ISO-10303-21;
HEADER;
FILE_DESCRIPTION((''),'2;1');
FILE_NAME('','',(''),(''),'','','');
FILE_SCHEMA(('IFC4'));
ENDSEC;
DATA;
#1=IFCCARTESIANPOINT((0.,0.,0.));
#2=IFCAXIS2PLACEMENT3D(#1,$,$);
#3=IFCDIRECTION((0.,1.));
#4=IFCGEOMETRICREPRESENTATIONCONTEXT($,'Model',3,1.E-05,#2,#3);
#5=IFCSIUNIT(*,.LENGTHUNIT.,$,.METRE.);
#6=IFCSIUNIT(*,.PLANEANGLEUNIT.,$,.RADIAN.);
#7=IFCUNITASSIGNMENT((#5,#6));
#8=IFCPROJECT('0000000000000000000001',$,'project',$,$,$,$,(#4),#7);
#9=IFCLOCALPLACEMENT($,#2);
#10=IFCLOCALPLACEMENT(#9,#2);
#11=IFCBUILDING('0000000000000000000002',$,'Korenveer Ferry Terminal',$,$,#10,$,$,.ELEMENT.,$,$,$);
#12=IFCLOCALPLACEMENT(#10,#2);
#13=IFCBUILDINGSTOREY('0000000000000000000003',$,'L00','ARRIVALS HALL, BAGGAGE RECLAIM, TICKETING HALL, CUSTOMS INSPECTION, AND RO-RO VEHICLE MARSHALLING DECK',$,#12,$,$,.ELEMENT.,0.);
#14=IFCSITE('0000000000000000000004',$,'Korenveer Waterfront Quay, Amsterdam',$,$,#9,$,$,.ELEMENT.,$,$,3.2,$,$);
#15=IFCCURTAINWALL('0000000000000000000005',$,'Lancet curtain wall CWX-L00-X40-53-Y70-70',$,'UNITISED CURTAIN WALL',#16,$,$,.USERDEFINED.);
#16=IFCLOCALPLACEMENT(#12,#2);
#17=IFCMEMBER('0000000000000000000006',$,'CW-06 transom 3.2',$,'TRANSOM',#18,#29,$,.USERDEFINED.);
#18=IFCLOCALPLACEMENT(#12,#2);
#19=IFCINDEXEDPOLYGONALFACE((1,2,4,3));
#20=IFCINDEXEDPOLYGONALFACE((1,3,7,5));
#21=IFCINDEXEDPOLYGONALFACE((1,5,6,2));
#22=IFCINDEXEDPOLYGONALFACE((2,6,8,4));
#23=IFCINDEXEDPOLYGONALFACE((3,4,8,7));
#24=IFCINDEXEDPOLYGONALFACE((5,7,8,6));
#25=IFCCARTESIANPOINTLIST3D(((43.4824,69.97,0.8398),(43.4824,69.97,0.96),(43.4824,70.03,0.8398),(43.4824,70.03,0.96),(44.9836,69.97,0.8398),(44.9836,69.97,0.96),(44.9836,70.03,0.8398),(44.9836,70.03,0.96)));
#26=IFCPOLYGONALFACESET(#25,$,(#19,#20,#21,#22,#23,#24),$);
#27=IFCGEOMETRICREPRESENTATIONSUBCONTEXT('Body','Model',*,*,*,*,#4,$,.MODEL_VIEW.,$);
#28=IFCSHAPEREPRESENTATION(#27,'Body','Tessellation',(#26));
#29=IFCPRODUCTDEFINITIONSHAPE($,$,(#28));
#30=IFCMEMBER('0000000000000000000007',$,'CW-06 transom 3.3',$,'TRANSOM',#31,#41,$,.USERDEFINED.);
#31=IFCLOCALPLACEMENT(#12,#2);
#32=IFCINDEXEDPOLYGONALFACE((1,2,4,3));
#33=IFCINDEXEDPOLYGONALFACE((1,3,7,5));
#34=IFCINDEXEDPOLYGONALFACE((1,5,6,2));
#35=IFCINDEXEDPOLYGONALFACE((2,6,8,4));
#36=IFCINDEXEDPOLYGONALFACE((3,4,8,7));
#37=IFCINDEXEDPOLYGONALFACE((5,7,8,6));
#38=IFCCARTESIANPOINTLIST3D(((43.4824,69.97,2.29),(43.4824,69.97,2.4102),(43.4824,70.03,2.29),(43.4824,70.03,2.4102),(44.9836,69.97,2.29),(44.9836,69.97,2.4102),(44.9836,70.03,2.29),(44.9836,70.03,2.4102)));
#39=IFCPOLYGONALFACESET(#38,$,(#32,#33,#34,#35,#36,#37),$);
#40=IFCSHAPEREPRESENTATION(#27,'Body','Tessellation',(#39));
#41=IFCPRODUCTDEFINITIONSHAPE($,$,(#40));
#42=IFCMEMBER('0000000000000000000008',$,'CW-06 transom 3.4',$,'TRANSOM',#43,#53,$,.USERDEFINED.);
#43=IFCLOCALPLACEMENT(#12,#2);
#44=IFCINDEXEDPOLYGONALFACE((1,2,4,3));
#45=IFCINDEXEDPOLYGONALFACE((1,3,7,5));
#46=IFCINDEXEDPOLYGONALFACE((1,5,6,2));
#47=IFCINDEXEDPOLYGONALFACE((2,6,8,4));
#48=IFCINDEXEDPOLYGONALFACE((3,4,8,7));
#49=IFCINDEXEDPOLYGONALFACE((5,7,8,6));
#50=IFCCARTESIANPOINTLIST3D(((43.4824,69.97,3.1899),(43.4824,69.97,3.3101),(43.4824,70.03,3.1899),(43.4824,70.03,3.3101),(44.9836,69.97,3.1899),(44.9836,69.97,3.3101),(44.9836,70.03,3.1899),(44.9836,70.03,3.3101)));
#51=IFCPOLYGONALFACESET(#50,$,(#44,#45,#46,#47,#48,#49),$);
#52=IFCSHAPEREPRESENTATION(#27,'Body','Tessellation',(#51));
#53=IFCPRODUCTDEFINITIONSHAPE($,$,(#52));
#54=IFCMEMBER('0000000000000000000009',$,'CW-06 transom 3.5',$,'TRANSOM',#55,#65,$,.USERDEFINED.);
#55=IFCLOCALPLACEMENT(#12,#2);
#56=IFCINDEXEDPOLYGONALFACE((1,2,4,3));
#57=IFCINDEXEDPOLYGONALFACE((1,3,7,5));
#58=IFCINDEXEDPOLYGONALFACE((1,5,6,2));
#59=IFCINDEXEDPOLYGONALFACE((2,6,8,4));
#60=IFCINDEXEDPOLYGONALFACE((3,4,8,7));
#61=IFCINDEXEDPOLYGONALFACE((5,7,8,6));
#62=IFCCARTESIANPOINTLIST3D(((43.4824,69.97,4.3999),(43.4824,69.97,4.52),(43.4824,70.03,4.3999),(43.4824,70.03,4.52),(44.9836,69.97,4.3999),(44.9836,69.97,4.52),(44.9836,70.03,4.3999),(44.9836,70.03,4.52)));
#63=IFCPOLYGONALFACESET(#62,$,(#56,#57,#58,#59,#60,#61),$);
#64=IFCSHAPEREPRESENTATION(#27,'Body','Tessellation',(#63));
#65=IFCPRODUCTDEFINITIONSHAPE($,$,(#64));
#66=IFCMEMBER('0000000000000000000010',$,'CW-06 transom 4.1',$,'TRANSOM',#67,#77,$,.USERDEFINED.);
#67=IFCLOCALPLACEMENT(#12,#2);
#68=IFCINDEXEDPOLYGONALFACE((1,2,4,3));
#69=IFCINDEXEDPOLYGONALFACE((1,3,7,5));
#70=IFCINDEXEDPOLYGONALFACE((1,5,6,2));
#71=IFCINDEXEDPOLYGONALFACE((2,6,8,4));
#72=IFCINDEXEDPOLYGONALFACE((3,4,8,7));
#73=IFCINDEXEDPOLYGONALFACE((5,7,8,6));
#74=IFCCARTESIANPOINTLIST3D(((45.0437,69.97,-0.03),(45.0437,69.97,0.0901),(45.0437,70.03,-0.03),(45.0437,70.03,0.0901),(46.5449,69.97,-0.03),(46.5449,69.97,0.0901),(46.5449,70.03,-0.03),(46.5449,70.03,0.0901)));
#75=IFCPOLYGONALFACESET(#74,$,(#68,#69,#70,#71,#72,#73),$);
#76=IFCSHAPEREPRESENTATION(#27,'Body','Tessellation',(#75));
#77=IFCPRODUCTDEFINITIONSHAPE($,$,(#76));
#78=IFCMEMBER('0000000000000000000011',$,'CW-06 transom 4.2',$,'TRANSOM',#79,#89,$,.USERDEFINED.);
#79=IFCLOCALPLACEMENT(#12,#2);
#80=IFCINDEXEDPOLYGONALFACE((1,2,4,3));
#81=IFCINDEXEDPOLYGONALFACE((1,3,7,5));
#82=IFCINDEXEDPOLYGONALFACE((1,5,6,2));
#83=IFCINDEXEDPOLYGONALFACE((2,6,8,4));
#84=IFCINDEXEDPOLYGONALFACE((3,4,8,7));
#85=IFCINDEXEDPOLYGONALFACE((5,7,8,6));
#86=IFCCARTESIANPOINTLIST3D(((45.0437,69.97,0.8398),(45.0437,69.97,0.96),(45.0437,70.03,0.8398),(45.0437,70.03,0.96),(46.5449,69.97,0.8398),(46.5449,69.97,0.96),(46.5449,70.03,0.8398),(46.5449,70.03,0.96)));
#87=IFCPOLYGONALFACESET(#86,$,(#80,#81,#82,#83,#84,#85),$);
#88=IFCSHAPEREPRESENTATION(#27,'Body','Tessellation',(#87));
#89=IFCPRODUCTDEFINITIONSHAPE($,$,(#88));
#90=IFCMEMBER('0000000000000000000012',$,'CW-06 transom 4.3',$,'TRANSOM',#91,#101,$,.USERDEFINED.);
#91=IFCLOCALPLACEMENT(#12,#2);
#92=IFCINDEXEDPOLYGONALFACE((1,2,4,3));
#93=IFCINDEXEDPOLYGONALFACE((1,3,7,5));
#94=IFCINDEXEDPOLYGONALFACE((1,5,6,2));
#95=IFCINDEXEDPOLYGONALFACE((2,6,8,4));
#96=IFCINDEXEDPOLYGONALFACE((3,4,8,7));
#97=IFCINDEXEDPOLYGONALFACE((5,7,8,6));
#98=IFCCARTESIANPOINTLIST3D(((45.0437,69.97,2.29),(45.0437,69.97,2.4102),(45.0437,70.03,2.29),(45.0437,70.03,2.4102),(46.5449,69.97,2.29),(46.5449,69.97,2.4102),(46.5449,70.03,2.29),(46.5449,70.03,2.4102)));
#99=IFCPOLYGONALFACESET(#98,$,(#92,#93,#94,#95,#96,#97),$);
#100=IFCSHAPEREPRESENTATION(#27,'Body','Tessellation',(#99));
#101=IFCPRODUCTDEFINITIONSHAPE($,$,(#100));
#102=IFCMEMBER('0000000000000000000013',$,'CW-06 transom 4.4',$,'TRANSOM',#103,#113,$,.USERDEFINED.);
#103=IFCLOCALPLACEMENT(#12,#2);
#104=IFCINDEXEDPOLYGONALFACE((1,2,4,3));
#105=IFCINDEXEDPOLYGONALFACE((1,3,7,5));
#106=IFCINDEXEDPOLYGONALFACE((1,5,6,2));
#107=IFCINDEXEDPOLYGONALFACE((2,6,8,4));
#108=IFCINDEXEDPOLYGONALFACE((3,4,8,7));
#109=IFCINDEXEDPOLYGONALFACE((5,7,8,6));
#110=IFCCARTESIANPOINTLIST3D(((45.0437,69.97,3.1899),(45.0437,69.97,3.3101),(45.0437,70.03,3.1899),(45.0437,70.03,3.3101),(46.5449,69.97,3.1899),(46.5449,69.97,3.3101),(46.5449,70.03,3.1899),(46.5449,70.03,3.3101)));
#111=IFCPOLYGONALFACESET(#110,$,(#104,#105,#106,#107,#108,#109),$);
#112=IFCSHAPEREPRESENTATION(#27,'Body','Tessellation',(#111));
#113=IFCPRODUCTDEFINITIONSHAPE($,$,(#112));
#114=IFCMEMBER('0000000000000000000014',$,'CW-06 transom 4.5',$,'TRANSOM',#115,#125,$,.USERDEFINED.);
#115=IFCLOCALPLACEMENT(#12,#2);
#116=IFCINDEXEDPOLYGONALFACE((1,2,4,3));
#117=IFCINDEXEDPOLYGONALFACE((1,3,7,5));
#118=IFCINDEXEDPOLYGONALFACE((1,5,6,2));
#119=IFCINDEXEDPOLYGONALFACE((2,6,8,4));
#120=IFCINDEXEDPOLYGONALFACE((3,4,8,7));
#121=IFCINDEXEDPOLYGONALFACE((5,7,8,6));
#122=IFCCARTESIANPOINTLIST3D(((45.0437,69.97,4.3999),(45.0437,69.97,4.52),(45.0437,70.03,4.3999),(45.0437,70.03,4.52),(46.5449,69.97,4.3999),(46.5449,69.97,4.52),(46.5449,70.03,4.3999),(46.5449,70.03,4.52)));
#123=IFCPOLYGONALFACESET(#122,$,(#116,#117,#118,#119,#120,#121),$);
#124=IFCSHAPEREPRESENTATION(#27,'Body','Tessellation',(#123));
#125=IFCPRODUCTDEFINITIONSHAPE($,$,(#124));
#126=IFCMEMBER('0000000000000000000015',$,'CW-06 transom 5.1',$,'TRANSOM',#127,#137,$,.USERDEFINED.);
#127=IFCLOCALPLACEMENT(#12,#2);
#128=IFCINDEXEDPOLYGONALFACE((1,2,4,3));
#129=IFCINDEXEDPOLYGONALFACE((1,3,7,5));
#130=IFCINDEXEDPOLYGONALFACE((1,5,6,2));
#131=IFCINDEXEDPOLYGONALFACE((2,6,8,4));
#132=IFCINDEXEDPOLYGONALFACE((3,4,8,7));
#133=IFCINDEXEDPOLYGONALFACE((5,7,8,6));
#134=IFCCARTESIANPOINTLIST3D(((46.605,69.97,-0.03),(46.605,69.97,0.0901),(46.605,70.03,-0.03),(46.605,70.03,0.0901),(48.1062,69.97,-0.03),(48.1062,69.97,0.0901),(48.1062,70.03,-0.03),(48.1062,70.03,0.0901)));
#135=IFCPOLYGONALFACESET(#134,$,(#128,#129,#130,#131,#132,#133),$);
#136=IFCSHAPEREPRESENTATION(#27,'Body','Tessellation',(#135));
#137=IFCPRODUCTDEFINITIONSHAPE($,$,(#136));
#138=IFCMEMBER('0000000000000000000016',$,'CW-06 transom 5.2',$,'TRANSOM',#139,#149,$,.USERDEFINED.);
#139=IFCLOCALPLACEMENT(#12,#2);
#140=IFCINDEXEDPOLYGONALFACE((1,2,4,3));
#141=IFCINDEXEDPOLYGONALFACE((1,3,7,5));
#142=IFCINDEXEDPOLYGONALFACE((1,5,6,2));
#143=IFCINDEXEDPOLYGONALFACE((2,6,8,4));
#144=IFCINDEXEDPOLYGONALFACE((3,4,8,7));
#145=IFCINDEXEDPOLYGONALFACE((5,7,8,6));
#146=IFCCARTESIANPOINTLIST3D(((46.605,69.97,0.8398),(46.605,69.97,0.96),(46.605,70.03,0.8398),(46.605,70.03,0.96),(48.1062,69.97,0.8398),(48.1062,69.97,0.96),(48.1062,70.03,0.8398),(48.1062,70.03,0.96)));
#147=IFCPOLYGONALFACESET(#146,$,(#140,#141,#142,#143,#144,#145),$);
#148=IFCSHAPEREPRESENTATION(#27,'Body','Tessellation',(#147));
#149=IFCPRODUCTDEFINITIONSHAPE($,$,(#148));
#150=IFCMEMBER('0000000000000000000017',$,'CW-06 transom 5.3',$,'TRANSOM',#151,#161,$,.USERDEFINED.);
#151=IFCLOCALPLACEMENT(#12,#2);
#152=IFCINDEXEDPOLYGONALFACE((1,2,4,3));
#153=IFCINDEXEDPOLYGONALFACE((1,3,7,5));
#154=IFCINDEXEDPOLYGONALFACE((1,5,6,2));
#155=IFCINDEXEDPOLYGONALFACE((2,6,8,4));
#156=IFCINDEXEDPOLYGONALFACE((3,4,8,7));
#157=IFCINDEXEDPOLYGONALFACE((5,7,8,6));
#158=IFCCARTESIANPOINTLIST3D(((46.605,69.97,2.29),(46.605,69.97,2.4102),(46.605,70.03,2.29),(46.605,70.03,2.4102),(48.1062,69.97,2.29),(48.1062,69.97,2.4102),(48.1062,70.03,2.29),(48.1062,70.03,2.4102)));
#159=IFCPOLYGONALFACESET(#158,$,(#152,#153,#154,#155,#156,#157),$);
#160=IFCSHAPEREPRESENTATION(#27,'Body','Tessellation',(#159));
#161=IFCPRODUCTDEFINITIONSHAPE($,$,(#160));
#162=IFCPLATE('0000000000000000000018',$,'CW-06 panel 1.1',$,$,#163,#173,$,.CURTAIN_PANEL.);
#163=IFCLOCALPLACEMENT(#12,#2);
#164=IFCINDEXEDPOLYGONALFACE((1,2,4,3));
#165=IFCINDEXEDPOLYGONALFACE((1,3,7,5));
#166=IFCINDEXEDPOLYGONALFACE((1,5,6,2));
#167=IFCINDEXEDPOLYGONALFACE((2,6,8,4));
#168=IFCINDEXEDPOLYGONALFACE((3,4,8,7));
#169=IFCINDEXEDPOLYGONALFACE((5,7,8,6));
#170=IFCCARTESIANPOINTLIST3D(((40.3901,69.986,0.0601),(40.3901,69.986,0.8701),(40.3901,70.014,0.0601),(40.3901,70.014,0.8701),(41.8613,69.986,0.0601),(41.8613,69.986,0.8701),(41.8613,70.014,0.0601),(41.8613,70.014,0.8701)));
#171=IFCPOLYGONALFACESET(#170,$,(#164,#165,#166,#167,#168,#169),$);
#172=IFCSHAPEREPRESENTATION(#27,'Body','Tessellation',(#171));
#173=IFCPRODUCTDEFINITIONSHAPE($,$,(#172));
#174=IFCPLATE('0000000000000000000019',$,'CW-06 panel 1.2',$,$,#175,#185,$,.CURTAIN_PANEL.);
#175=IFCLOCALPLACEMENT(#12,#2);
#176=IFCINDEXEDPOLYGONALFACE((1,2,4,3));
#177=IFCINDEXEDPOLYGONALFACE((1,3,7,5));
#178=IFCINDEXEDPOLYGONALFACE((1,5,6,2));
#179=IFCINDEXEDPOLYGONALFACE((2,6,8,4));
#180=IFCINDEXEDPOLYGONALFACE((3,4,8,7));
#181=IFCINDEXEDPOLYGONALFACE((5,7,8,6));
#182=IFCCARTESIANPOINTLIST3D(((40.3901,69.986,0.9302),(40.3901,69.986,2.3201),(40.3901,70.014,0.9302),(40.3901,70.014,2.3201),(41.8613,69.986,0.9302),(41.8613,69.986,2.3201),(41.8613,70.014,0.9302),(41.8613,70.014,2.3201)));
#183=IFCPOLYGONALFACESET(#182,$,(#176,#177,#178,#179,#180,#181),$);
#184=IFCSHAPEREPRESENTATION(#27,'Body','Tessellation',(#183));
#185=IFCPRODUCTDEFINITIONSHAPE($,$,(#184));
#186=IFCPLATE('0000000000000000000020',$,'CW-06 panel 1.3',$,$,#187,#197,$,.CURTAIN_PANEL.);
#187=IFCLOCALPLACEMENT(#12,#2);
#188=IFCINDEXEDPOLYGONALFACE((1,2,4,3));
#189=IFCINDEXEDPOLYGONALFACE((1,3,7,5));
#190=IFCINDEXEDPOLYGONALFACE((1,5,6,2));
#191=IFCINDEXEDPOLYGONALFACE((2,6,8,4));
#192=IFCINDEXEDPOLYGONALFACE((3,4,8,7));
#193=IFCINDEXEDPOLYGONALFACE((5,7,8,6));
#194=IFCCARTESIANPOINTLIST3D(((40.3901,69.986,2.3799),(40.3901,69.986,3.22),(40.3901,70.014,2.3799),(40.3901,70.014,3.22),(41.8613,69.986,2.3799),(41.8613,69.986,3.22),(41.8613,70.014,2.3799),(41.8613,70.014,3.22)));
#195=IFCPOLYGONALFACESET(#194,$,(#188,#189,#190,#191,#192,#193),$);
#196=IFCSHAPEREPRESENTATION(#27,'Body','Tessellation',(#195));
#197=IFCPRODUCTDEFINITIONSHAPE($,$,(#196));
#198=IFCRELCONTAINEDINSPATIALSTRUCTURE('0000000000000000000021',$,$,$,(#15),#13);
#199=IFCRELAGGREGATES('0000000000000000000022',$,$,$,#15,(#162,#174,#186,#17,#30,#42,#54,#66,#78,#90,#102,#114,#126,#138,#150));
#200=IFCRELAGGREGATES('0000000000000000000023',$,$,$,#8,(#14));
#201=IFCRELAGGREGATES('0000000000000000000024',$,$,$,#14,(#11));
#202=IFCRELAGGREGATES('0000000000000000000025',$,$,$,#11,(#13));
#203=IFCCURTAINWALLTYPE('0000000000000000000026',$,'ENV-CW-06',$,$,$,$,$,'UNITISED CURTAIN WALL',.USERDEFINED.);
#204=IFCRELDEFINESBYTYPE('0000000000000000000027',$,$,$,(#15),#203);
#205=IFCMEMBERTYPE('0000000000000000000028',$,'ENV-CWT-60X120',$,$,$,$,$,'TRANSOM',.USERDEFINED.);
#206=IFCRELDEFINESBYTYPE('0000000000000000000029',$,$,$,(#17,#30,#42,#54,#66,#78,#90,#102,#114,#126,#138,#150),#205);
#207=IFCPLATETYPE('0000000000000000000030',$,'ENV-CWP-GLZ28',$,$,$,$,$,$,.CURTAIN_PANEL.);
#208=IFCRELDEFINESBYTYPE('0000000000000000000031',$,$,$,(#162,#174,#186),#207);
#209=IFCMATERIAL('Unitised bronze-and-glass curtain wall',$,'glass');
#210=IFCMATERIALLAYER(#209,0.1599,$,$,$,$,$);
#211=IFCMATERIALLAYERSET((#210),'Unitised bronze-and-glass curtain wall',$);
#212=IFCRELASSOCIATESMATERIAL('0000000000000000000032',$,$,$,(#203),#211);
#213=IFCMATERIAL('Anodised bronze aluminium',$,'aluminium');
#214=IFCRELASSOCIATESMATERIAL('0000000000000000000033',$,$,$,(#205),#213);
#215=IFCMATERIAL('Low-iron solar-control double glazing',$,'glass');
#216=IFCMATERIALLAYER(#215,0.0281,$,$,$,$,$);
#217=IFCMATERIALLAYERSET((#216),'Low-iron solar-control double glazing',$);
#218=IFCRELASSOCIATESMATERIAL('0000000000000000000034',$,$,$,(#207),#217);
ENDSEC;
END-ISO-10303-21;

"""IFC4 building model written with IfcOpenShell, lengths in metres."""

from ifc_helpers import new_model, si_unit, direction, frame, origin, origin_2d, place, context, subcontext, project, spatial, rectangle, extrude, material, layer, layer_set, material_profile, profile_set, type_object, element, aggregate, save


model = new_model("IFC4")

# Units and contexts
model_context = context("Model", 3, precision=1e-05, world=origin(), true_north=direction((0.0, 1.0)))
body_context = subcontext(model_context, "Body", "Model", "MODEL_VIEW")
ifc_project = project(units=[si_unit("LENGTHUNIT", "METRE"), si_unit("PLANEANGLEUNIT", "RADIAN")], contexts=[model_context])

# Site, building, storey
site_placement = place(None, origin())
site = spatial("IfcSite", under=ifc_project, at=site_placement, Name="Korenveer Waterfront Quay, Amsterdam", CompositionType="ELEMENT", RefElevation=3.2)
building_placement = place(site_placement, origin())
building = spatial("IfcBuilding", under=site, at=building_placement, Name="Korenveer Ferry Terminal", CompositionType="ELEMENT")
storey_placement = place(building_placement, origin())
storey = spatial("IfcBuildingStorey", under=building, at=storey_placement, Name="L00", Description="ARRIVALS HALL, BAGGAGE RECLAIM, TICKETING HALL, CUSTOMS INSPECTION, AND RO-RO VEHICLE MARSHALLING DECK", CompositionType="ELEMENT", Elevation=0.0)

# Curtain wall, members, plates
ifc_material_1 = material(Name="Unitised bronze-and-glass curtain wall", Category="glass")
ifc_layer_1 = layer(ifc_material_1, 0.1599)
ifc_layer_set_1 = layer_set([ifc_layer_1], Name="Unitised bronze-and-glass curtain wall")
curtain_wall_type = type_object("IfcCurtainWallType", Name="ENV-CW-06", ElementType="UNITISED CURTAIN WALL", PredefinedType="USERDEFINED", material=ifc_layer_set_1)
curtain_wall_placement = place(storey_placement, frame((40.3301, 70.0, 0.0)))
curtain_wall = element("IfcCurtainWall", 1, at=curtain_wall_placement, inside=storey, type_object=curtain_wall_type, Name="Lancet curtain wall CWX-L00-X40-53-Y70-70", ObjectType="UNITISED CURTAIN WALL", PredefinedType="USERDEFINED")
ifc_material_2 = material(Name="Anodised bronze aluminium", Category="aluminium")
ifc_material_profile_1 = material_profile(ifc_material_2, rectangle(XDim=0.0601, YDim=0.1201, at=origin_2d()), Name="ALU 60x120")
ifc_profile_set_1 = profile_set([ifc_material_profile_1], Name="Anodised bronze aluminium")
member_type_1 = type_object("IfcMemberType", Name="ENV-CWT-60X120", ElementType="TRANSOM", PredefinedType="USERDEFINED", material=ifc_profile_set_1)
member_1_placement = place(storey_placement, frame((43.4824, 70.0, 0.8999), z_axis=(1.0, 0.0, 0.0), x_axis=(0.0, 1.0, 0.0)))
member_1 = element("IfcMember", 2, at=member_1_placement, type_object=member_type_1, Name="CW-06 transom 3.2", ObjectType="TRANSOM", PredefinedType="USERDEFINED", context=body_context, shape_type="SweptSolid", body=[
    extrude(rectangle(XDim=0.0601, YDim=0.1201, at=origin_2d()), origin(), (0.0, 0.0, 1.0), 1.5012),
])
member_2_placement = place(storey_placement, frame((43.4824, 70.0, 2.3501), z_axis=(1.0, 0.0, 0.0), x_axis=(0.0, 1.0, 0.0)))
member_2 = element("IfcMember", 3, at=member_2_placement, type_object=member_type_1, Name="CW-06 transom 3.3", ObjectType="TRANSOM", PredefinedType="USERDEFINED", context=body_context, shape_type="SweptSolid", body=[
    extrude(rectangle(XDim=0.0601, YDim=0.1201, at=origin_2d()), origin(), (0.0, 0.0, 1.0), 1.5012),
])
member_3_placement = place(storey_placement, frame((43.4824, 70.0, 3.25), z_axis=(1.0, 0.0, 0.0), x_axis=(0.0, 1.0, 0.0)))
member_3 = element("IfcMember", 4, at=member_3_placement, type_object=member_type_1, Name="CW-06 transom 3.4", ObjectType="TRANSOM", PredefinedType="USERDEFINED", context=body_context, shape_type="SweptSolid", body=[
    extrude(rectangle(XDim=0.0601, YDim=0.1201, at=origin_2d()), origin(), (0.0, 0.0, 1.0), 1.5012),
])
member_4_placement = place(storey_placement, frame((43.4824, 70.0, 4.46), z_axis=(1.0, 0.0, 0.0), x_axis=(0.0, 1.0, 0.0)))
member_4 = element("IfcMember", 5, at=member_4_placement, type_object=member_type_1, Name="CW-06 transom 3.5", ObjectType="TRANSOM", PredefinedType="USERDEFINED", context=body_context, shape_type="SweptSolid", body=[
    extrude(rectangle(XDim=0.0601, YDim=0.1201, at=origin_2d()), origin(), (0.0, 0.0, 1.0), 1.5012),
])
member_5_placement = place(storey_placement, frame((45.0437, 70.0, 0.03), z_axis=(1.0, 0.0, 0.0), x_axis=(0.0, 1.0, 0.0)))
member_5 = element("IfcMember", 6, at=member_5_placement, type_object=member_type_1, Name="CW-06 transom 4.1", ObjectType="TRANSOM", PredefinedType="USERDEFINED", context=body_context, shape_type="SweptSolid", body=[
    extrude(rectangle(XDim=0.0601, YDim=0.1201, at=origin_2d()), origin(), (0.0, 0.0, 1.0), 1.5012),
])
member_6_placement = place(storey_placement, frame((45.0437, 70.0, 0.8999), z_axis=(1.0, 0.0, 0.0), x_axis=(0.0, 1.0, 0.0)))
member_6 = element("IfcMember", 7, at=member_6_placement, type_object=member_type_1, Name="CW-06 transom 4.2", ObjectType="TRANSOM", PredefinedType="USERDEFINED", context=body_context, shape_type="SweptSolid", body=[
    extrude(rectangle(XDim=0.0601, YDim=0.1201, at=origin_2d()), origin(), (0.0, 0.0, 1.0), 1.5012),
])
member_7_placement = place(storey_placement, frame((45.0437, 70.0, 2.3501), z_axis=(1.0, 0.0, 0.0), x_axis=(0.0, 1.0, 0.0)))
member_7 = element("IfcMember", 8, at=member_7_placement, type_object=member_type_1, Name="CW-06 transom 4.3", ObjectType="TRANSOM", PredefinedType="USERDEFINED", context=body_context, shape_type="SweptSolid", body=[
    extrude(rectangle(XDim=0.0601, YDim=0.1201, at=origin_2d()), origin(), (0.0, 0.0, 1.0), 1.5012),
])
member_8_placement = place(storey_placement, frame((45.0437, 70.0, 3.25), z_axis=(1.0, 0.0, 0.0), x_axis=(0.0, 1.0, 0.0)))
member_8 = element("IfcMember", 9, at=member_8_placement, type_object=member_type_1, Name="CW-06 transom 4.4", ObjectType="TRANSOM", PredefinedType="USERDEFINED", context=body_context, shape_type="SweptSolid", body=[
    extrude(rectangle(XDim=0.0601, YDim=0.1201, at=origin_2d()), origin(), (0.0, 0.0, 1.0), 1.5012),
])
member_9_placement = place(storey_placement, frame((45.0437, 70.0, 4.46), z_axis=(1.0, 0.0, 0.0), x_axis=(0.0, 1.0, 0.0)))
member_9 = element("IfcMember", 10, at=member_9_placement, type_object=member_type_1, Name="CW-06 transom 4.5", ObjectType="TRANSOM", PredefinedType="USERDEFINED", context=body_context, shape_type="SweptSolid", body=[
    extrude(rectangle(XDim=0.0601, YDim=0.1201, at=origin_2d()), origin(), (0.0, 0.0, 1.0), 1.5012),
])
member_10_placement = place(storey_placement, frame((46.605, 70.0, 0.03), z_axis=(1.0, 0.0, 0.0), x_axis=(0.0, 1.0, 0.0)))
member_10 = element("IfcMember", 11, at=member_10_placement, type_object=member_type_1, Name="CW-06 transom 5.1", ObjectType="TRANSOM", PredefinedType="USERDEFINED", context=body_context, shape_type="SweptSolid", body=[
    extrude(rectangle(XDim=0.0601, YDim=0.1201, at=origin_2d()), origin(), (0.0, 0.0, 1.0), 1.5012),
])
member_11_placement = place(storey_placement, frame((46.605, 70.0, 0.8999), z_axis=(1.0, 0.0, 0.0), x_axis=(0.0, 1.0, 0.0)))
member_11 = element("IfcMember", 12, at=member_11_placement, type_object=member_type_1, Name="CW-06 transom 5.2", ObjectType="TRANSOM", PredefinedType="USERDEFINED", context=body_context, shape_type="SweptSolid", body=[
    extrude(rectangle(XDim=0.0601, YDim=0.1201, at=origin_2d()), origin(), (0.0, 0.0, 1.0), 1.5012),
])
member_12_placement = place(storey_placement, frame((46.605, 70.0, 2.3501), z_axis=(1.0, 0.0, 0.0), x_axis=(0.0, 1.0, 0.0)))
member_12 = element("IfcMember", 13, at=member_12_placement, type_object=member_type_1, Name="CW-06 transom 5.3", ObjectType="TRANSOM", PredefinedType="USERDEFINED", context=body_context, shape_type="SweptSolid", body=[
    extrude(rectangle(XDim=0.0601, YDim=0.1201, at=origin_2d()), origin(), (0.0, 0.0, 1.0), 1.5012),
])
ifc_material_3 = material(Name="Low-iron solar-control double glazing", Category="glass")
ifc_layer_2 = layer(ifc_material_3, 0.0281)
ifc_layer_set_2 = layer_set([ifc_layer_2], Name="Low-iron solar-control double glazing")
plate_type = type_object("IfcPlateType", Name="ENV-CWP-GLZ28", PredefinedType="CURTAIN_PANEL", material=ifc_layer_set_2)
plate_1_placement = place(storey_placement, frame((41.1257, 70.0, 0.0601), z_axis=(0.0, 0.0, 1.0), x_axis=(1.0, 0.0, 0.0)))
plate_1 = element("IfcPlate", 14, at=plate_1_placement, type_object=plate_type, Name="CW-06 panel 1.1", PredefinedType="CURTAIN_PANEL", context=body_context, shape_type="SweptSolid", body=[
    extrude(rectangle(XDim=1.4712, YDim=0.0281, at=origin_2d()), origin(), (0.0, 0.0, 1.0), 0.8101),
])
plate_2_placement = place(storey_placement, frame((41.1257, 70.0, 0.9302), z_axis=(0.0, 0.0, 1.0), x_axis=(1.0, 0.0, 0.0)))
plate_2 = element("IfcPlate", 15, at=plate_2_placement, type_object=plate_type, Name="CW-06 panel 1.2", PredefinedType="CURTAIN_PANEL", context=body_context, shape_type="SweptSolid", body=[
    extrude(rectangle(XDim=1.4712, YDim=0.0281, at=origin_2d()), origin(), (0.0, 0.0, 1.0), 1.3899),
])
plate_3_placement = place(storey_placement, frame((41.1257, 70.0, 2.3799), z_axis=(0.0, 0.0, 1.0), x_axis=(1.0, 0.0, 0.0)))
plate_3 = element("IfcPlate", 16, at=plate_3_placement, type_object=plate_type, Name="CW-06 panel 1.3", PredefinedType="CURTAIN_PANEL", context=body_context, shape_type="SweptSolid", body=[
    extrude(rectangle(XDim=1.4712, YDim=0.0281, at=origin_2d()), origin(), (0.0, 0.0, 1.0), 0.8401),
])
aggregate(curtain_wall, [plate_1, plate_2, plate_3, member_1, member_2, member_3, member_4, member_5, member_6, member_7, member_8, member_9, member_10, member_11, member_12])

save(model, "model.ifc")
